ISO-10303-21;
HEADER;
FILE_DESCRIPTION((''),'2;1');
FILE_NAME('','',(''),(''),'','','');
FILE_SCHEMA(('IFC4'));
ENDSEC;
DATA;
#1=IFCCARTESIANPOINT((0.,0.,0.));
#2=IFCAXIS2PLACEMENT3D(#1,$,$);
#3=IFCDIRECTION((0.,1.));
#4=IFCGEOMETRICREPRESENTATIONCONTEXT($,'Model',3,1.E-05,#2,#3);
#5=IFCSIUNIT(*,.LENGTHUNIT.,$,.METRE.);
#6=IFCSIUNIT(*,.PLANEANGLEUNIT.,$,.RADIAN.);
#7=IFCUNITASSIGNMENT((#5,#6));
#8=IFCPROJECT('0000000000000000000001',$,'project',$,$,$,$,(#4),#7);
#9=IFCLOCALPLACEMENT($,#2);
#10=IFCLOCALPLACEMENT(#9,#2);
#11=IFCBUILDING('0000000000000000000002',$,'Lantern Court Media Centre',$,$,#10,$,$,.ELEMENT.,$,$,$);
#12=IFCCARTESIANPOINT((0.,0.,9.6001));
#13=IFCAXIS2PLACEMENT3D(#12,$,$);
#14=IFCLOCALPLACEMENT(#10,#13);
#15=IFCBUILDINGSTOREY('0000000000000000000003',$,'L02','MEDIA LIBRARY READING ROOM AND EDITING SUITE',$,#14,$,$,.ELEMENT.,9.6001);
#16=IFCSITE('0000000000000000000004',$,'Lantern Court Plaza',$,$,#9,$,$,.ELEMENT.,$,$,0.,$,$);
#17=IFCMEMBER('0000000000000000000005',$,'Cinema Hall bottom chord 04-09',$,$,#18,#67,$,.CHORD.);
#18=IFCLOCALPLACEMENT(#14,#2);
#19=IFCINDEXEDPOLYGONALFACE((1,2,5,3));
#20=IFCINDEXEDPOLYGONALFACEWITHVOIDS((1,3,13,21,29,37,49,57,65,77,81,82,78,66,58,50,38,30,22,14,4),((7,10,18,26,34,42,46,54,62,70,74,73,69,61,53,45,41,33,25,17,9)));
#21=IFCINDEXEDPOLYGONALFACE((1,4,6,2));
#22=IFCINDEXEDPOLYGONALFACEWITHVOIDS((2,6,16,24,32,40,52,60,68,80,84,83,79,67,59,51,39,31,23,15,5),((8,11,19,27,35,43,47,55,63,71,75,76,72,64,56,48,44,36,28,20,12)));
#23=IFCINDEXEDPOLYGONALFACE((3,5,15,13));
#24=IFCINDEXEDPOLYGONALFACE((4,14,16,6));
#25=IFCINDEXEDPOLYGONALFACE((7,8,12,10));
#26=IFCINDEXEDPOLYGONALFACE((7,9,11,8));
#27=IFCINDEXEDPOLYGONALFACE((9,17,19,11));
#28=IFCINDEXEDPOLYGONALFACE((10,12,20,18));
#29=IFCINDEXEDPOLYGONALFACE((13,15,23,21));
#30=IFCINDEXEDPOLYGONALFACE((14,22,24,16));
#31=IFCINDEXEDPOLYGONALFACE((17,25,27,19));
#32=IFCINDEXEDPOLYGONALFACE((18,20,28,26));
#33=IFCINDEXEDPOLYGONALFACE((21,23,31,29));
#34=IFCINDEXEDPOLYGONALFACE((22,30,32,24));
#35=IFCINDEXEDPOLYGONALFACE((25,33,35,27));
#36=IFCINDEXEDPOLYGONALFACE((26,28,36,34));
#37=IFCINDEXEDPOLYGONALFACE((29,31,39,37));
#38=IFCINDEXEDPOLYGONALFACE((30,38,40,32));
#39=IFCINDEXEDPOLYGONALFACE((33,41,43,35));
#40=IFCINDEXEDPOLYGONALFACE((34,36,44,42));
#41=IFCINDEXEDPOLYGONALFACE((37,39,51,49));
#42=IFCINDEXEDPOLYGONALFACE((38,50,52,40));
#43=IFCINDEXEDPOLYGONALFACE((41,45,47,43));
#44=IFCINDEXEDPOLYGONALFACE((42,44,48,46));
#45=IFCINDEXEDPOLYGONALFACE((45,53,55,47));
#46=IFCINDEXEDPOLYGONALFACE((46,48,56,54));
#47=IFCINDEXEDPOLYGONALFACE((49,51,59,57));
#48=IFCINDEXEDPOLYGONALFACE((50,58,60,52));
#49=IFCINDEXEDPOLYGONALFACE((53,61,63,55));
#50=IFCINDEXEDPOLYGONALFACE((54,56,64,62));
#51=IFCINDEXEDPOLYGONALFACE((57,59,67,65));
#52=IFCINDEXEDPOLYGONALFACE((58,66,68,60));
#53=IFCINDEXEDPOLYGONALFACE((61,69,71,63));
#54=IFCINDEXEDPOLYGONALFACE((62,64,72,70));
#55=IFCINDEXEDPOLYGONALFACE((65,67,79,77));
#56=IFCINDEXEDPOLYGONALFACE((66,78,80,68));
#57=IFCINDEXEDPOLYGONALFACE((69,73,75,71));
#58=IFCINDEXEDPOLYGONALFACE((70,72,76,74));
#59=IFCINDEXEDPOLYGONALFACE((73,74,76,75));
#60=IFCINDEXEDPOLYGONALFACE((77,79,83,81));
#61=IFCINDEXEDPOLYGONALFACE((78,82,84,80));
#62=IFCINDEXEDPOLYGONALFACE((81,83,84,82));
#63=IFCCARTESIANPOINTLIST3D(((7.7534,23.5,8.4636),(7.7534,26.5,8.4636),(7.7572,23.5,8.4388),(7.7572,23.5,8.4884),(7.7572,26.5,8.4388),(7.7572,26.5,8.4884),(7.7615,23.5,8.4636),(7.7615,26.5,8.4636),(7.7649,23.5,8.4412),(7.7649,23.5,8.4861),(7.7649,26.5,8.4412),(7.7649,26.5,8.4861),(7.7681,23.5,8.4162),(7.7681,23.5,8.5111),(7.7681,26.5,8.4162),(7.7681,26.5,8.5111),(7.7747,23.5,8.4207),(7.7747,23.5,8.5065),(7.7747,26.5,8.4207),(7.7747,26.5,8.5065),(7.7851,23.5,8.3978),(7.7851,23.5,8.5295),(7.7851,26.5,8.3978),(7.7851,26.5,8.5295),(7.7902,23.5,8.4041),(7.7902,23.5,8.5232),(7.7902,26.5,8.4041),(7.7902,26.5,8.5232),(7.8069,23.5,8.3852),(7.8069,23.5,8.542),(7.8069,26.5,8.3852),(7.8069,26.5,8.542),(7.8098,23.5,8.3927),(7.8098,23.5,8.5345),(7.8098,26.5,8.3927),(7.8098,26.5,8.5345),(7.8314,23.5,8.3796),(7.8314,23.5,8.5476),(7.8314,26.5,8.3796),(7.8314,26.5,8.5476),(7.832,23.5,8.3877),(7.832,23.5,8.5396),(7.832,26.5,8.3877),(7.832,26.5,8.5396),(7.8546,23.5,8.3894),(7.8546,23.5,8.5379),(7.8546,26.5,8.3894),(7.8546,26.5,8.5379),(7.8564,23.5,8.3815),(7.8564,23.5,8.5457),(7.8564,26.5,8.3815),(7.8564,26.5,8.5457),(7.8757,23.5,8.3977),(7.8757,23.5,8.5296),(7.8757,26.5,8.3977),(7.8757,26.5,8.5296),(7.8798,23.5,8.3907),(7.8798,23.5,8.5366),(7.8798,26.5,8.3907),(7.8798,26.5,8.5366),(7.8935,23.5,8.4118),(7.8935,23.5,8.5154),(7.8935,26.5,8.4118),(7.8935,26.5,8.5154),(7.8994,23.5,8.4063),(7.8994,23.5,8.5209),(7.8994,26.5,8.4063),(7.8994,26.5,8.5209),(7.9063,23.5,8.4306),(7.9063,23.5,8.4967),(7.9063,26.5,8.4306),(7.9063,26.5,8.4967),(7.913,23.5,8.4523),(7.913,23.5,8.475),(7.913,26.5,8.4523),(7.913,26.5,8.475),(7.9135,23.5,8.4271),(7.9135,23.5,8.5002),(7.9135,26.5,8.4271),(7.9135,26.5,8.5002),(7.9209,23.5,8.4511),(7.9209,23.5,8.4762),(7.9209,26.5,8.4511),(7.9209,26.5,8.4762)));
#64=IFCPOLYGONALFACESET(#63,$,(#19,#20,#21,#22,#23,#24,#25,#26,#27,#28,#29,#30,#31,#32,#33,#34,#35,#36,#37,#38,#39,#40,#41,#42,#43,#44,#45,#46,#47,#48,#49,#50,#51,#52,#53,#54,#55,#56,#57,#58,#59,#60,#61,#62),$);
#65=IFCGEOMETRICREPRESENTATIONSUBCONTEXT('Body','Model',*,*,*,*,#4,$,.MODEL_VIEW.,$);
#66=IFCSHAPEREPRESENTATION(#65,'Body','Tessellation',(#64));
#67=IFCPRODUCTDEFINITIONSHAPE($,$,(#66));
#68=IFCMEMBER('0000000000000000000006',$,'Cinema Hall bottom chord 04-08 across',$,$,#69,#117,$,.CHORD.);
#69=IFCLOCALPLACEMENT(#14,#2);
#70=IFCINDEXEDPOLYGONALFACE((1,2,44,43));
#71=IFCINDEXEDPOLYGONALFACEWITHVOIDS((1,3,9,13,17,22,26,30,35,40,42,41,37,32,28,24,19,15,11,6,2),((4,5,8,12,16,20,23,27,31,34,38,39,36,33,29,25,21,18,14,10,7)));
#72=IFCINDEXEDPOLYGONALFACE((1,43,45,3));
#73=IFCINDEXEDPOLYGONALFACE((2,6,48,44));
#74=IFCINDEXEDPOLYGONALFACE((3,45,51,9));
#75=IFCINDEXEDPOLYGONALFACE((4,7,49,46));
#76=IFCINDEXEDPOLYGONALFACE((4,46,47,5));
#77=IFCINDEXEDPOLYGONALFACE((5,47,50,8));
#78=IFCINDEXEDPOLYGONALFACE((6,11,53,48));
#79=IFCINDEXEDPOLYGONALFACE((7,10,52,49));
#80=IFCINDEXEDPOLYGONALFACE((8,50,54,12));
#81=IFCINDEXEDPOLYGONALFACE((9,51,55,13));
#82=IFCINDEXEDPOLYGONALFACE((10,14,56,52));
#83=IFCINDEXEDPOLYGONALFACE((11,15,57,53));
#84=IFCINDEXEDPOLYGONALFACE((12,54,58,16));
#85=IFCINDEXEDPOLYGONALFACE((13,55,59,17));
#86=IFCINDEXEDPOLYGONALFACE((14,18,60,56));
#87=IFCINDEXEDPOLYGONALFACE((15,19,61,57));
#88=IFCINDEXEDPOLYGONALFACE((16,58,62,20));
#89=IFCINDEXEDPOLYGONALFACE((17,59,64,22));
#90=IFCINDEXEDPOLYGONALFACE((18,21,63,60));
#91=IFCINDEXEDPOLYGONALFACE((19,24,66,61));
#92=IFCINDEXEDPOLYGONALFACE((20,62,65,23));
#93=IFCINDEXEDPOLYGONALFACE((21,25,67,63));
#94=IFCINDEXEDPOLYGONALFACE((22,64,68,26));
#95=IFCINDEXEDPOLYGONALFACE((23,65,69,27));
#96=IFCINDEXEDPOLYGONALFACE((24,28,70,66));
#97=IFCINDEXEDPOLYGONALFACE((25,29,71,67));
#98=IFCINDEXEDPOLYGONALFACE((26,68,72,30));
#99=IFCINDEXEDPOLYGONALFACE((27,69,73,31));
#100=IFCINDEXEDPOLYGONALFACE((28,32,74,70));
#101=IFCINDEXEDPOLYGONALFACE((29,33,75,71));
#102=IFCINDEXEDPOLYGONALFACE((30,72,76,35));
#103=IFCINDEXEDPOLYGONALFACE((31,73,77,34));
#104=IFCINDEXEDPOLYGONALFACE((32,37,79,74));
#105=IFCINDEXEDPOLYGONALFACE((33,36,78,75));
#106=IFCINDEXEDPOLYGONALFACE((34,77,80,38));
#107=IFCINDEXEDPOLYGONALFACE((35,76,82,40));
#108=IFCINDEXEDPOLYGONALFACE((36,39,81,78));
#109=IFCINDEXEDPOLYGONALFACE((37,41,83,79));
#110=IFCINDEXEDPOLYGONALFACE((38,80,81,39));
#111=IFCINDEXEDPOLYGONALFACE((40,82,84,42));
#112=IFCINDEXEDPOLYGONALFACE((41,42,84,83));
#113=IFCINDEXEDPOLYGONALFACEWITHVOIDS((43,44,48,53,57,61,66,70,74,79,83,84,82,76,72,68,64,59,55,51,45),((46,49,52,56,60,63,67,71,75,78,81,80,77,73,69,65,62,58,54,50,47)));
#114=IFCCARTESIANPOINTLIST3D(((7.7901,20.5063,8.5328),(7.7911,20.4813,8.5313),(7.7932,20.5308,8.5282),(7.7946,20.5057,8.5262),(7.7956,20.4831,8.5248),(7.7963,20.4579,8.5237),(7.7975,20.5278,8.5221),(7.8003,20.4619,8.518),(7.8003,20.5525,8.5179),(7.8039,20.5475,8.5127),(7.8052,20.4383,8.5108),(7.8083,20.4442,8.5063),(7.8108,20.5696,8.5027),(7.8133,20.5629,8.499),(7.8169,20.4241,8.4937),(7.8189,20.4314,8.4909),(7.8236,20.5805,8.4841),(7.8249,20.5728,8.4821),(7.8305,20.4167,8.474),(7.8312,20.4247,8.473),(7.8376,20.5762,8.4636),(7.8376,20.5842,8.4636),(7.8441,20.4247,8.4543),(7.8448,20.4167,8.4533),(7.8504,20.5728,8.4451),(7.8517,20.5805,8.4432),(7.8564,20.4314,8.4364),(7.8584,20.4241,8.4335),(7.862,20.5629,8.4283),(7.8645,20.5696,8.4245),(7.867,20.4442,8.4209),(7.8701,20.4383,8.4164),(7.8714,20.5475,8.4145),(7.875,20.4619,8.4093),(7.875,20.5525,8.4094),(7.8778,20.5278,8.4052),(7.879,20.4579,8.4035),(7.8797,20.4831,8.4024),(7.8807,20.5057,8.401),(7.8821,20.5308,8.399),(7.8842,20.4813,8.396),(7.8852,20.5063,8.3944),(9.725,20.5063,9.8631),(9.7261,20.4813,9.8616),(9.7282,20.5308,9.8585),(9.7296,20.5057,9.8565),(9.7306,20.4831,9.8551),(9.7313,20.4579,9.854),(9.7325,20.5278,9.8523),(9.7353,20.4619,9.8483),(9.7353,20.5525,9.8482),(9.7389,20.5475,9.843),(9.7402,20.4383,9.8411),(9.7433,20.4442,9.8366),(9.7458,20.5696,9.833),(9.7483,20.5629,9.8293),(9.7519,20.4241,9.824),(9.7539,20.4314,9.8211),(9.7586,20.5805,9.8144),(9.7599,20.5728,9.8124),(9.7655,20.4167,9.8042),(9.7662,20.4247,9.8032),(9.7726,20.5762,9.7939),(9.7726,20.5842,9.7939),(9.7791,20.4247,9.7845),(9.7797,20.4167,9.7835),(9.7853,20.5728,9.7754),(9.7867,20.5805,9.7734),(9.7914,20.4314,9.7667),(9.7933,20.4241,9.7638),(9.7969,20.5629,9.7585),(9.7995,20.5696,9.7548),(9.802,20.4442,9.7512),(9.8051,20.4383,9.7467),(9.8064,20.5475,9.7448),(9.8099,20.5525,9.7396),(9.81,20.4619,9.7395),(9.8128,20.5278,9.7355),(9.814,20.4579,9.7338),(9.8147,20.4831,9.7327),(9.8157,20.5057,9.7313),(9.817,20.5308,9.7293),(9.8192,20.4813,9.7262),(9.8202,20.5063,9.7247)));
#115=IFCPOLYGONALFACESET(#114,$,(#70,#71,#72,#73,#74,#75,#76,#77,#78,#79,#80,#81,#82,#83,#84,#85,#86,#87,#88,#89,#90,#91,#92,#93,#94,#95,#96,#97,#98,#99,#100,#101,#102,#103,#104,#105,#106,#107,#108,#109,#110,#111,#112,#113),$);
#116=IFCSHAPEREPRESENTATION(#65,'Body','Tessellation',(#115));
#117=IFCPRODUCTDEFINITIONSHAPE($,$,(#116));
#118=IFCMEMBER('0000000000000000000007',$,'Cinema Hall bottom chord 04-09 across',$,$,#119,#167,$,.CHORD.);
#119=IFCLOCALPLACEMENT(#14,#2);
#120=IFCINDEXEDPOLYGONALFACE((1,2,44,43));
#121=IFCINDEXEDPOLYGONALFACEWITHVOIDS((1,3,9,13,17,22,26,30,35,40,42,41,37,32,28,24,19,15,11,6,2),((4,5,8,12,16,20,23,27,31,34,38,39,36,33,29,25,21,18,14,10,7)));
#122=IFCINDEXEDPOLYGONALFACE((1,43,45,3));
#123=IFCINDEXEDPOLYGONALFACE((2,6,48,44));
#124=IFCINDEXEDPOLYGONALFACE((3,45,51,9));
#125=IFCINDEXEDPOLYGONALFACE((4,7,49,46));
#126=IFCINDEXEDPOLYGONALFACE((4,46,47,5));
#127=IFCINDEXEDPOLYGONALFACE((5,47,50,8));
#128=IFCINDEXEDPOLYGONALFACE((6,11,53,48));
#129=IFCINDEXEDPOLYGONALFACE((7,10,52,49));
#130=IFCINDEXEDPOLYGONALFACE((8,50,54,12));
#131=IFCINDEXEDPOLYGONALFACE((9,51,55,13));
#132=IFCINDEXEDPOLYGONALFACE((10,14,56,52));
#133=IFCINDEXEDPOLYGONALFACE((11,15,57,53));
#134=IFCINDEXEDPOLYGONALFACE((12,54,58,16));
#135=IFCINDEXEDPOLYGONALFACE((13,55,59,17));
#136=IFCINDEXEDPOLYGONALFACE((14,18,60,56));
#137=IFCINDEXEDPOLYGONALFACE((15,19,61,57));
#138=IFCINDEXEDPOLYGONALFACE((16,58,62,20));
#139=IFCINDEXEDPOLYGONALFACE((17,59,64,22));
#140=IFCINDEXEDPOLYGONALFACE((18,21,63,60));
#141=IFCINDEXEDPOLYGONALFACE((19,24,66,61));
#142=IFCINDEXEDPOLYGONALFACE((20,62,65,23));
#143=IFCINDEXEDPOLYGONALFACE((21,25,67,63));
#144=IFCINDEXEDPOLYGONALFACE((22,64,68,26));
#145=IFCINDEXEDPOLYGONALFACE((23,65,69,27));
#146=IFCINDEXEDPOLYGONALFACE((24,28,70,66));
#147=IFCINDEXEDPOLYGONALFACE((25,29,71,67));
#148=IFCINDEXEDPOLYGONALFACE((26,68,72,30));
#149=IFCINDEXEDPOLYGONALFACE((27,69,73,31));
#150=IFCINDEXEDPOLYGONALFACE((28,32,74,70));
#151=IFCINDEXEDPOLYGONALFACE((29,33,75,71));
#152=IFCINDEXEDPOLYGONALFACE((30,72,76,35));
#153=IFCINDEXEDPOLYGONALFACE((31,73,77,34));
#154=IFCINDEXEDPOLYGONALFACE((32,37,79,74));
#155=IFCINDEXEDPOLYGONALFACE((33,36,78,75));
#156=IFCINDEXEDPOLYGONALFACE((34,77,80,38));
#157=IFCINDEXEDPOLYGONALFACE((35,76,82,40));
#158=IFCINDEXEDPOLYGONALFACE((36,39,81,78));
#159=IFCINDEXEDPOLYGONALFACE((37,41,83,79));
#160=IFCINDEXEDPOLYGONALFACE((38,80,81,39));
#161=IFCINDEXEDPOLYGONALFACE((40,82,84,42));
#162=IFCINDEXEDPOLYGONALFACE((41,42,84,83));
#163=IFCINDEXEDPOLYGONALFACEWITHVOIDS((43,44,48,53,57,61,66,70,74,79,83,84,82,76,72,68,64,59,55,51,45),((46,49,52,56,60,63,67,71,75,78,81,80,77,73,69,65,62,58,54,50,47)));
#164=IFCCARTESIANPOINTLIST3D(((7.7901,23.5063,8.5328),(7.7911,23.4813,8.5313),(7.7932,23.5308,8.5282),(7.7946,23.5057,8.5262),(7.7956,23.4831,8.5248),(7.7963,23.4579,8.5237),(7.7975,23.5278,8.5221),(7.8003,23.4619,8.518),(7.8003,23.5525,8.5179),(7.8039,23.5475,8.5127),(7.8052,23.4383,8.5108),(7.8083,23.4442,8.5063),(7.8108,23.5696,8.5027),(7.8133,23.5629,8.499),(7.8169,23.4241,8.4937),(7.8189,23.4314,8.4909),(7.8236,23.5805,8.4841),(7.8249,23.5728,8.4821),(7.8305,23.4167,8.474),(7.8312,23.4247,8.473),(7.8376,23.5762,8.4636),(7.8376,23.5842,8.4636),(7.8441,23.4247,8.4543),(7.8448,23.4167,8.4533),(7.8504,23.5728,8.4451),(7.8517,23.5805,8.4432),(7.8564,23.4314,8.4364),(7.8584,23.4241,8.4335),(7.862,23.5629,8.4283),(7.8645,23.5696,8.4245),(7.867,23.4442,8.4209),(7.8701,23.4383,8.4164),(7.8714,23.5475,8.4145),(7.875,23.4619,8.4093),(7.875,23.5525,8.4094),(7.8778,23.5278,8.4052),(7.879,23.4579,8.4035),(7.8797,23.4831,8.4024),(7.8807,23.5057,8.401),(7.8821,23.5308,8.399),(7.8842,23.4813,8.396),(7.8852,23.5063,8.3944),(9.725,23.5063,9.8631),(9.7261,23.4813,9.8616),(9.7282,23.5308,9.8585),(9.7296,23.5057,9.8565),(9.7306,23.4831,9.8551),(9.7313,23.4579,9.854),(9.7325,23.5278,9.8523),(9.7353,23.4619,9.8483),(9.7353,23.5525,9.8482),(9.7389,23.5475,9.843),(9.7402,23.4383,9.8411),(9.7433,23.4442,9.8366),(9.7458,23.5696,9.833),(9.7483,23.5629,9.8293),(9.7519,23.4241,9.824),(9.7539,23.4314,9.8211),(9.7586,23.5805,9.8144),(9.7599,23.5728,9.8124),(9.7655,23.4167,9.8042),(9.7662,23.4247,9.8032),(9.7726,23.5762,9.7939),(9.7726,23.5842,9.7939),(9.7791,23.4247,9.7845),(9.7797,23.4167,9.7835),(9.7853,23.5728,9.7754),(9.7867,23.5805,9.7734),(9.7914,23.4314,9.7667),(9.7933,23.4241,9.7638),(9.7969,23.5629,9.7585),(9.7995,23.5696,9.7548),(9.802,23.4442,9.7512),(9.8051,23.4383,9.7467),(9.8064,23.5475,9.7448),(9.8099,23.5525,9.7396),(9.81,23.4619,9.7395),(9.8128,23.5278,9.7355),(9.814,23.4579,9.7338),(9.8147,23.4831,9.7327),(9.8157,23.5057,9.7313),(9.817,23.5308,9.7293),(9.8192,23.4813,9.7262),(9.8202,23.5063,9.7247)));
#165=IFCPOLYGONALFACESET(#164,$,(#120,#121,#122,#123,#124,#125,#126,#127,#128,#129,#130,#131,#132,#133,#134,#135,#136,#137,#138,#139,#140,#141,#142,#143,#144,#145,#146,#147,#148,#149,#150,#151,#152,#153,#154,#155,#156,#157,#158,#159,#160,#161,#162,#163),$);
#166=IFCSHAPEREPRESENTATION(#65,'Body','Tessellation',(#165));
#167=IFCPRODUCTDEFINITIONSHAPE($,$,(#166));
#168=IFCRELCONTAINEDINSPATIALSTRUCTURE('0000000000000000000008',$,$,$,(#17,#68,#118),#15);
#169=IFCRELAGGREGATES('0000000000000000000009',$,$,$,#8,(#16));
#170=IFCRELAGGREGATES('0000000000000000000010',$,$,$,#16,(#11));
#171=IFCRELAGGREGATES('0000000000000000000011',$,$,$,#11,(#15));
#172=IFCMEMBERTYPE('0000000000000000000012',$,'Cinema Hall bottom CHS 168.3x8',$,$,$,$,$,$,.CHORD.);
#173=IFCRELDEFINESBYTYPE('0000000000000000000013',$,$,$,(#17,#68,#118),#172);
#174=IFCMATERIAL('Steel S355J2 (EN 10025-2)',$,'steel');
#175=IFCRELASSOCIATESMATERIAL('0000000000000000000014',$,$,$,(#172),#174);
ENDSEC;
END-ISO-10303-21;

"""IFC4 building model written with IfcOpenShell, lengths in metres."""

from ifc_helpers import new_model, si_unit, direction, frame, origin, origin_2d, place, context, subcontext, project, spatial, hollow_circle, extrude, material, material_profile, profile_set, type_object, element, save


model = new_model("IFC4")

# Units and contexts
model_context = context("Model", 3, precision=1e-05, world=origin(), true_north=direction((0.0, 1.0)))
body_context = subcontext(model_context, "Body", "Model", "MODEL_VIEW")
ifc_project = project(units=[si_unit("LENGTHUNIT", "METRE"), si_unit("PLANEANGLEUNIT", "RADIAN")], contexts=[model_context])

# Site, building, storey
site_placement = place(None, origin())
site = spatial("IfcSite", under=ifc_project, at=site_placement, Name="Lantern Court Plaza", CompositionType="ELEMENT", RefElevation=0.0)
building_placement = place(site_placement, origin())
building = spatial("IfcBuilding", under=site, at=building_placement, Name="Lantern Court Media Centre", CompositionType="ELEMENT")
storey_placement = place(building_placement, frame((0.0, 0.0, 9.6001)))
storey = spatial("IfcBuildingStorey", under=building, at=storey_placement, Name="L02", Description="MEDIA LIBRARY READING ROOM AND EDITING SUITE", CompositionType="ELEMENT", Elevation=9.6001)

# Members
ifc_material = material(Name="Steel S355J2 (EN 10025-2)", Category="steel")
ifc_material_profile_1 = material_profile(ifc_material, hollow_circle(Radius=0.0842, WallThickness=0.0081, at=origin_2d()), Name="Cinema Hall bottom CHS 168.3x8")
ifc_profile_set_1 = profile_set([ifc_material_profile_1], Name="Steel S355J2 (EN 10025-2)")
member_type_1 = type_object("IfcMemberType", Name="Cinema Hall bottom CHS 168.3x8", PredefinedType="CHORD", material=ifc_profile_set_1)
for number, where, z_axis, x_axis, name in (
    (1, (7.8376, 23.5, 8.4636), (0.0, 1.0, 0.0), (-1.0, 0.0, 0.0), "Cinema Hall bottom chord 04-09"),
):
    element("IfcMember", number, at=place(storey_placement, frame(where, z_axis=z_axis, x_axis=x_axis)), inside=storey, type_object=member_type_1, Name=name, PredefinedType="CHORD", context=body_context, shape_type="SweptSolid", body=[
        extrude(hollow_circle(Radius=0.0842, WallThickness=0.0081, at=origin_2d()), origin(), (0.0, 0.0, 1.0), 3.0),
    ])
for number, where, z_axis, x_axis, name in (
    (2, (7.8376, 20.5, 8.4636), (0.824048, 0.0, 0.56652), (0.0, 1.0, 0.0), "Cinema Hall bottom chord 04-08 across"),
    (3, (7.8376, 23.5, 8.4636), (0.824048, 0.0, 0.56652), (0.0, 1.0, 0.0), "Cinema Hall bottom chord 04-09 across"),
):
    element("IfcMember", number, at=place(storey_placement, frame(where, z_axis=z_axis, x_axis=x_axis)), inside=storey, type_object=member_type_1, Name=name, PredefinedType="CHORD", context=body_context, shape_type="SweptSolid", body=[
        extrude(hollow_circle(Radius=0.0842, WallThickness=0.0081, at=origin_2d()), origin(), (0.0, 0.0, 1.0), 2.3481),
    ])

save(model, "model.ifc")
